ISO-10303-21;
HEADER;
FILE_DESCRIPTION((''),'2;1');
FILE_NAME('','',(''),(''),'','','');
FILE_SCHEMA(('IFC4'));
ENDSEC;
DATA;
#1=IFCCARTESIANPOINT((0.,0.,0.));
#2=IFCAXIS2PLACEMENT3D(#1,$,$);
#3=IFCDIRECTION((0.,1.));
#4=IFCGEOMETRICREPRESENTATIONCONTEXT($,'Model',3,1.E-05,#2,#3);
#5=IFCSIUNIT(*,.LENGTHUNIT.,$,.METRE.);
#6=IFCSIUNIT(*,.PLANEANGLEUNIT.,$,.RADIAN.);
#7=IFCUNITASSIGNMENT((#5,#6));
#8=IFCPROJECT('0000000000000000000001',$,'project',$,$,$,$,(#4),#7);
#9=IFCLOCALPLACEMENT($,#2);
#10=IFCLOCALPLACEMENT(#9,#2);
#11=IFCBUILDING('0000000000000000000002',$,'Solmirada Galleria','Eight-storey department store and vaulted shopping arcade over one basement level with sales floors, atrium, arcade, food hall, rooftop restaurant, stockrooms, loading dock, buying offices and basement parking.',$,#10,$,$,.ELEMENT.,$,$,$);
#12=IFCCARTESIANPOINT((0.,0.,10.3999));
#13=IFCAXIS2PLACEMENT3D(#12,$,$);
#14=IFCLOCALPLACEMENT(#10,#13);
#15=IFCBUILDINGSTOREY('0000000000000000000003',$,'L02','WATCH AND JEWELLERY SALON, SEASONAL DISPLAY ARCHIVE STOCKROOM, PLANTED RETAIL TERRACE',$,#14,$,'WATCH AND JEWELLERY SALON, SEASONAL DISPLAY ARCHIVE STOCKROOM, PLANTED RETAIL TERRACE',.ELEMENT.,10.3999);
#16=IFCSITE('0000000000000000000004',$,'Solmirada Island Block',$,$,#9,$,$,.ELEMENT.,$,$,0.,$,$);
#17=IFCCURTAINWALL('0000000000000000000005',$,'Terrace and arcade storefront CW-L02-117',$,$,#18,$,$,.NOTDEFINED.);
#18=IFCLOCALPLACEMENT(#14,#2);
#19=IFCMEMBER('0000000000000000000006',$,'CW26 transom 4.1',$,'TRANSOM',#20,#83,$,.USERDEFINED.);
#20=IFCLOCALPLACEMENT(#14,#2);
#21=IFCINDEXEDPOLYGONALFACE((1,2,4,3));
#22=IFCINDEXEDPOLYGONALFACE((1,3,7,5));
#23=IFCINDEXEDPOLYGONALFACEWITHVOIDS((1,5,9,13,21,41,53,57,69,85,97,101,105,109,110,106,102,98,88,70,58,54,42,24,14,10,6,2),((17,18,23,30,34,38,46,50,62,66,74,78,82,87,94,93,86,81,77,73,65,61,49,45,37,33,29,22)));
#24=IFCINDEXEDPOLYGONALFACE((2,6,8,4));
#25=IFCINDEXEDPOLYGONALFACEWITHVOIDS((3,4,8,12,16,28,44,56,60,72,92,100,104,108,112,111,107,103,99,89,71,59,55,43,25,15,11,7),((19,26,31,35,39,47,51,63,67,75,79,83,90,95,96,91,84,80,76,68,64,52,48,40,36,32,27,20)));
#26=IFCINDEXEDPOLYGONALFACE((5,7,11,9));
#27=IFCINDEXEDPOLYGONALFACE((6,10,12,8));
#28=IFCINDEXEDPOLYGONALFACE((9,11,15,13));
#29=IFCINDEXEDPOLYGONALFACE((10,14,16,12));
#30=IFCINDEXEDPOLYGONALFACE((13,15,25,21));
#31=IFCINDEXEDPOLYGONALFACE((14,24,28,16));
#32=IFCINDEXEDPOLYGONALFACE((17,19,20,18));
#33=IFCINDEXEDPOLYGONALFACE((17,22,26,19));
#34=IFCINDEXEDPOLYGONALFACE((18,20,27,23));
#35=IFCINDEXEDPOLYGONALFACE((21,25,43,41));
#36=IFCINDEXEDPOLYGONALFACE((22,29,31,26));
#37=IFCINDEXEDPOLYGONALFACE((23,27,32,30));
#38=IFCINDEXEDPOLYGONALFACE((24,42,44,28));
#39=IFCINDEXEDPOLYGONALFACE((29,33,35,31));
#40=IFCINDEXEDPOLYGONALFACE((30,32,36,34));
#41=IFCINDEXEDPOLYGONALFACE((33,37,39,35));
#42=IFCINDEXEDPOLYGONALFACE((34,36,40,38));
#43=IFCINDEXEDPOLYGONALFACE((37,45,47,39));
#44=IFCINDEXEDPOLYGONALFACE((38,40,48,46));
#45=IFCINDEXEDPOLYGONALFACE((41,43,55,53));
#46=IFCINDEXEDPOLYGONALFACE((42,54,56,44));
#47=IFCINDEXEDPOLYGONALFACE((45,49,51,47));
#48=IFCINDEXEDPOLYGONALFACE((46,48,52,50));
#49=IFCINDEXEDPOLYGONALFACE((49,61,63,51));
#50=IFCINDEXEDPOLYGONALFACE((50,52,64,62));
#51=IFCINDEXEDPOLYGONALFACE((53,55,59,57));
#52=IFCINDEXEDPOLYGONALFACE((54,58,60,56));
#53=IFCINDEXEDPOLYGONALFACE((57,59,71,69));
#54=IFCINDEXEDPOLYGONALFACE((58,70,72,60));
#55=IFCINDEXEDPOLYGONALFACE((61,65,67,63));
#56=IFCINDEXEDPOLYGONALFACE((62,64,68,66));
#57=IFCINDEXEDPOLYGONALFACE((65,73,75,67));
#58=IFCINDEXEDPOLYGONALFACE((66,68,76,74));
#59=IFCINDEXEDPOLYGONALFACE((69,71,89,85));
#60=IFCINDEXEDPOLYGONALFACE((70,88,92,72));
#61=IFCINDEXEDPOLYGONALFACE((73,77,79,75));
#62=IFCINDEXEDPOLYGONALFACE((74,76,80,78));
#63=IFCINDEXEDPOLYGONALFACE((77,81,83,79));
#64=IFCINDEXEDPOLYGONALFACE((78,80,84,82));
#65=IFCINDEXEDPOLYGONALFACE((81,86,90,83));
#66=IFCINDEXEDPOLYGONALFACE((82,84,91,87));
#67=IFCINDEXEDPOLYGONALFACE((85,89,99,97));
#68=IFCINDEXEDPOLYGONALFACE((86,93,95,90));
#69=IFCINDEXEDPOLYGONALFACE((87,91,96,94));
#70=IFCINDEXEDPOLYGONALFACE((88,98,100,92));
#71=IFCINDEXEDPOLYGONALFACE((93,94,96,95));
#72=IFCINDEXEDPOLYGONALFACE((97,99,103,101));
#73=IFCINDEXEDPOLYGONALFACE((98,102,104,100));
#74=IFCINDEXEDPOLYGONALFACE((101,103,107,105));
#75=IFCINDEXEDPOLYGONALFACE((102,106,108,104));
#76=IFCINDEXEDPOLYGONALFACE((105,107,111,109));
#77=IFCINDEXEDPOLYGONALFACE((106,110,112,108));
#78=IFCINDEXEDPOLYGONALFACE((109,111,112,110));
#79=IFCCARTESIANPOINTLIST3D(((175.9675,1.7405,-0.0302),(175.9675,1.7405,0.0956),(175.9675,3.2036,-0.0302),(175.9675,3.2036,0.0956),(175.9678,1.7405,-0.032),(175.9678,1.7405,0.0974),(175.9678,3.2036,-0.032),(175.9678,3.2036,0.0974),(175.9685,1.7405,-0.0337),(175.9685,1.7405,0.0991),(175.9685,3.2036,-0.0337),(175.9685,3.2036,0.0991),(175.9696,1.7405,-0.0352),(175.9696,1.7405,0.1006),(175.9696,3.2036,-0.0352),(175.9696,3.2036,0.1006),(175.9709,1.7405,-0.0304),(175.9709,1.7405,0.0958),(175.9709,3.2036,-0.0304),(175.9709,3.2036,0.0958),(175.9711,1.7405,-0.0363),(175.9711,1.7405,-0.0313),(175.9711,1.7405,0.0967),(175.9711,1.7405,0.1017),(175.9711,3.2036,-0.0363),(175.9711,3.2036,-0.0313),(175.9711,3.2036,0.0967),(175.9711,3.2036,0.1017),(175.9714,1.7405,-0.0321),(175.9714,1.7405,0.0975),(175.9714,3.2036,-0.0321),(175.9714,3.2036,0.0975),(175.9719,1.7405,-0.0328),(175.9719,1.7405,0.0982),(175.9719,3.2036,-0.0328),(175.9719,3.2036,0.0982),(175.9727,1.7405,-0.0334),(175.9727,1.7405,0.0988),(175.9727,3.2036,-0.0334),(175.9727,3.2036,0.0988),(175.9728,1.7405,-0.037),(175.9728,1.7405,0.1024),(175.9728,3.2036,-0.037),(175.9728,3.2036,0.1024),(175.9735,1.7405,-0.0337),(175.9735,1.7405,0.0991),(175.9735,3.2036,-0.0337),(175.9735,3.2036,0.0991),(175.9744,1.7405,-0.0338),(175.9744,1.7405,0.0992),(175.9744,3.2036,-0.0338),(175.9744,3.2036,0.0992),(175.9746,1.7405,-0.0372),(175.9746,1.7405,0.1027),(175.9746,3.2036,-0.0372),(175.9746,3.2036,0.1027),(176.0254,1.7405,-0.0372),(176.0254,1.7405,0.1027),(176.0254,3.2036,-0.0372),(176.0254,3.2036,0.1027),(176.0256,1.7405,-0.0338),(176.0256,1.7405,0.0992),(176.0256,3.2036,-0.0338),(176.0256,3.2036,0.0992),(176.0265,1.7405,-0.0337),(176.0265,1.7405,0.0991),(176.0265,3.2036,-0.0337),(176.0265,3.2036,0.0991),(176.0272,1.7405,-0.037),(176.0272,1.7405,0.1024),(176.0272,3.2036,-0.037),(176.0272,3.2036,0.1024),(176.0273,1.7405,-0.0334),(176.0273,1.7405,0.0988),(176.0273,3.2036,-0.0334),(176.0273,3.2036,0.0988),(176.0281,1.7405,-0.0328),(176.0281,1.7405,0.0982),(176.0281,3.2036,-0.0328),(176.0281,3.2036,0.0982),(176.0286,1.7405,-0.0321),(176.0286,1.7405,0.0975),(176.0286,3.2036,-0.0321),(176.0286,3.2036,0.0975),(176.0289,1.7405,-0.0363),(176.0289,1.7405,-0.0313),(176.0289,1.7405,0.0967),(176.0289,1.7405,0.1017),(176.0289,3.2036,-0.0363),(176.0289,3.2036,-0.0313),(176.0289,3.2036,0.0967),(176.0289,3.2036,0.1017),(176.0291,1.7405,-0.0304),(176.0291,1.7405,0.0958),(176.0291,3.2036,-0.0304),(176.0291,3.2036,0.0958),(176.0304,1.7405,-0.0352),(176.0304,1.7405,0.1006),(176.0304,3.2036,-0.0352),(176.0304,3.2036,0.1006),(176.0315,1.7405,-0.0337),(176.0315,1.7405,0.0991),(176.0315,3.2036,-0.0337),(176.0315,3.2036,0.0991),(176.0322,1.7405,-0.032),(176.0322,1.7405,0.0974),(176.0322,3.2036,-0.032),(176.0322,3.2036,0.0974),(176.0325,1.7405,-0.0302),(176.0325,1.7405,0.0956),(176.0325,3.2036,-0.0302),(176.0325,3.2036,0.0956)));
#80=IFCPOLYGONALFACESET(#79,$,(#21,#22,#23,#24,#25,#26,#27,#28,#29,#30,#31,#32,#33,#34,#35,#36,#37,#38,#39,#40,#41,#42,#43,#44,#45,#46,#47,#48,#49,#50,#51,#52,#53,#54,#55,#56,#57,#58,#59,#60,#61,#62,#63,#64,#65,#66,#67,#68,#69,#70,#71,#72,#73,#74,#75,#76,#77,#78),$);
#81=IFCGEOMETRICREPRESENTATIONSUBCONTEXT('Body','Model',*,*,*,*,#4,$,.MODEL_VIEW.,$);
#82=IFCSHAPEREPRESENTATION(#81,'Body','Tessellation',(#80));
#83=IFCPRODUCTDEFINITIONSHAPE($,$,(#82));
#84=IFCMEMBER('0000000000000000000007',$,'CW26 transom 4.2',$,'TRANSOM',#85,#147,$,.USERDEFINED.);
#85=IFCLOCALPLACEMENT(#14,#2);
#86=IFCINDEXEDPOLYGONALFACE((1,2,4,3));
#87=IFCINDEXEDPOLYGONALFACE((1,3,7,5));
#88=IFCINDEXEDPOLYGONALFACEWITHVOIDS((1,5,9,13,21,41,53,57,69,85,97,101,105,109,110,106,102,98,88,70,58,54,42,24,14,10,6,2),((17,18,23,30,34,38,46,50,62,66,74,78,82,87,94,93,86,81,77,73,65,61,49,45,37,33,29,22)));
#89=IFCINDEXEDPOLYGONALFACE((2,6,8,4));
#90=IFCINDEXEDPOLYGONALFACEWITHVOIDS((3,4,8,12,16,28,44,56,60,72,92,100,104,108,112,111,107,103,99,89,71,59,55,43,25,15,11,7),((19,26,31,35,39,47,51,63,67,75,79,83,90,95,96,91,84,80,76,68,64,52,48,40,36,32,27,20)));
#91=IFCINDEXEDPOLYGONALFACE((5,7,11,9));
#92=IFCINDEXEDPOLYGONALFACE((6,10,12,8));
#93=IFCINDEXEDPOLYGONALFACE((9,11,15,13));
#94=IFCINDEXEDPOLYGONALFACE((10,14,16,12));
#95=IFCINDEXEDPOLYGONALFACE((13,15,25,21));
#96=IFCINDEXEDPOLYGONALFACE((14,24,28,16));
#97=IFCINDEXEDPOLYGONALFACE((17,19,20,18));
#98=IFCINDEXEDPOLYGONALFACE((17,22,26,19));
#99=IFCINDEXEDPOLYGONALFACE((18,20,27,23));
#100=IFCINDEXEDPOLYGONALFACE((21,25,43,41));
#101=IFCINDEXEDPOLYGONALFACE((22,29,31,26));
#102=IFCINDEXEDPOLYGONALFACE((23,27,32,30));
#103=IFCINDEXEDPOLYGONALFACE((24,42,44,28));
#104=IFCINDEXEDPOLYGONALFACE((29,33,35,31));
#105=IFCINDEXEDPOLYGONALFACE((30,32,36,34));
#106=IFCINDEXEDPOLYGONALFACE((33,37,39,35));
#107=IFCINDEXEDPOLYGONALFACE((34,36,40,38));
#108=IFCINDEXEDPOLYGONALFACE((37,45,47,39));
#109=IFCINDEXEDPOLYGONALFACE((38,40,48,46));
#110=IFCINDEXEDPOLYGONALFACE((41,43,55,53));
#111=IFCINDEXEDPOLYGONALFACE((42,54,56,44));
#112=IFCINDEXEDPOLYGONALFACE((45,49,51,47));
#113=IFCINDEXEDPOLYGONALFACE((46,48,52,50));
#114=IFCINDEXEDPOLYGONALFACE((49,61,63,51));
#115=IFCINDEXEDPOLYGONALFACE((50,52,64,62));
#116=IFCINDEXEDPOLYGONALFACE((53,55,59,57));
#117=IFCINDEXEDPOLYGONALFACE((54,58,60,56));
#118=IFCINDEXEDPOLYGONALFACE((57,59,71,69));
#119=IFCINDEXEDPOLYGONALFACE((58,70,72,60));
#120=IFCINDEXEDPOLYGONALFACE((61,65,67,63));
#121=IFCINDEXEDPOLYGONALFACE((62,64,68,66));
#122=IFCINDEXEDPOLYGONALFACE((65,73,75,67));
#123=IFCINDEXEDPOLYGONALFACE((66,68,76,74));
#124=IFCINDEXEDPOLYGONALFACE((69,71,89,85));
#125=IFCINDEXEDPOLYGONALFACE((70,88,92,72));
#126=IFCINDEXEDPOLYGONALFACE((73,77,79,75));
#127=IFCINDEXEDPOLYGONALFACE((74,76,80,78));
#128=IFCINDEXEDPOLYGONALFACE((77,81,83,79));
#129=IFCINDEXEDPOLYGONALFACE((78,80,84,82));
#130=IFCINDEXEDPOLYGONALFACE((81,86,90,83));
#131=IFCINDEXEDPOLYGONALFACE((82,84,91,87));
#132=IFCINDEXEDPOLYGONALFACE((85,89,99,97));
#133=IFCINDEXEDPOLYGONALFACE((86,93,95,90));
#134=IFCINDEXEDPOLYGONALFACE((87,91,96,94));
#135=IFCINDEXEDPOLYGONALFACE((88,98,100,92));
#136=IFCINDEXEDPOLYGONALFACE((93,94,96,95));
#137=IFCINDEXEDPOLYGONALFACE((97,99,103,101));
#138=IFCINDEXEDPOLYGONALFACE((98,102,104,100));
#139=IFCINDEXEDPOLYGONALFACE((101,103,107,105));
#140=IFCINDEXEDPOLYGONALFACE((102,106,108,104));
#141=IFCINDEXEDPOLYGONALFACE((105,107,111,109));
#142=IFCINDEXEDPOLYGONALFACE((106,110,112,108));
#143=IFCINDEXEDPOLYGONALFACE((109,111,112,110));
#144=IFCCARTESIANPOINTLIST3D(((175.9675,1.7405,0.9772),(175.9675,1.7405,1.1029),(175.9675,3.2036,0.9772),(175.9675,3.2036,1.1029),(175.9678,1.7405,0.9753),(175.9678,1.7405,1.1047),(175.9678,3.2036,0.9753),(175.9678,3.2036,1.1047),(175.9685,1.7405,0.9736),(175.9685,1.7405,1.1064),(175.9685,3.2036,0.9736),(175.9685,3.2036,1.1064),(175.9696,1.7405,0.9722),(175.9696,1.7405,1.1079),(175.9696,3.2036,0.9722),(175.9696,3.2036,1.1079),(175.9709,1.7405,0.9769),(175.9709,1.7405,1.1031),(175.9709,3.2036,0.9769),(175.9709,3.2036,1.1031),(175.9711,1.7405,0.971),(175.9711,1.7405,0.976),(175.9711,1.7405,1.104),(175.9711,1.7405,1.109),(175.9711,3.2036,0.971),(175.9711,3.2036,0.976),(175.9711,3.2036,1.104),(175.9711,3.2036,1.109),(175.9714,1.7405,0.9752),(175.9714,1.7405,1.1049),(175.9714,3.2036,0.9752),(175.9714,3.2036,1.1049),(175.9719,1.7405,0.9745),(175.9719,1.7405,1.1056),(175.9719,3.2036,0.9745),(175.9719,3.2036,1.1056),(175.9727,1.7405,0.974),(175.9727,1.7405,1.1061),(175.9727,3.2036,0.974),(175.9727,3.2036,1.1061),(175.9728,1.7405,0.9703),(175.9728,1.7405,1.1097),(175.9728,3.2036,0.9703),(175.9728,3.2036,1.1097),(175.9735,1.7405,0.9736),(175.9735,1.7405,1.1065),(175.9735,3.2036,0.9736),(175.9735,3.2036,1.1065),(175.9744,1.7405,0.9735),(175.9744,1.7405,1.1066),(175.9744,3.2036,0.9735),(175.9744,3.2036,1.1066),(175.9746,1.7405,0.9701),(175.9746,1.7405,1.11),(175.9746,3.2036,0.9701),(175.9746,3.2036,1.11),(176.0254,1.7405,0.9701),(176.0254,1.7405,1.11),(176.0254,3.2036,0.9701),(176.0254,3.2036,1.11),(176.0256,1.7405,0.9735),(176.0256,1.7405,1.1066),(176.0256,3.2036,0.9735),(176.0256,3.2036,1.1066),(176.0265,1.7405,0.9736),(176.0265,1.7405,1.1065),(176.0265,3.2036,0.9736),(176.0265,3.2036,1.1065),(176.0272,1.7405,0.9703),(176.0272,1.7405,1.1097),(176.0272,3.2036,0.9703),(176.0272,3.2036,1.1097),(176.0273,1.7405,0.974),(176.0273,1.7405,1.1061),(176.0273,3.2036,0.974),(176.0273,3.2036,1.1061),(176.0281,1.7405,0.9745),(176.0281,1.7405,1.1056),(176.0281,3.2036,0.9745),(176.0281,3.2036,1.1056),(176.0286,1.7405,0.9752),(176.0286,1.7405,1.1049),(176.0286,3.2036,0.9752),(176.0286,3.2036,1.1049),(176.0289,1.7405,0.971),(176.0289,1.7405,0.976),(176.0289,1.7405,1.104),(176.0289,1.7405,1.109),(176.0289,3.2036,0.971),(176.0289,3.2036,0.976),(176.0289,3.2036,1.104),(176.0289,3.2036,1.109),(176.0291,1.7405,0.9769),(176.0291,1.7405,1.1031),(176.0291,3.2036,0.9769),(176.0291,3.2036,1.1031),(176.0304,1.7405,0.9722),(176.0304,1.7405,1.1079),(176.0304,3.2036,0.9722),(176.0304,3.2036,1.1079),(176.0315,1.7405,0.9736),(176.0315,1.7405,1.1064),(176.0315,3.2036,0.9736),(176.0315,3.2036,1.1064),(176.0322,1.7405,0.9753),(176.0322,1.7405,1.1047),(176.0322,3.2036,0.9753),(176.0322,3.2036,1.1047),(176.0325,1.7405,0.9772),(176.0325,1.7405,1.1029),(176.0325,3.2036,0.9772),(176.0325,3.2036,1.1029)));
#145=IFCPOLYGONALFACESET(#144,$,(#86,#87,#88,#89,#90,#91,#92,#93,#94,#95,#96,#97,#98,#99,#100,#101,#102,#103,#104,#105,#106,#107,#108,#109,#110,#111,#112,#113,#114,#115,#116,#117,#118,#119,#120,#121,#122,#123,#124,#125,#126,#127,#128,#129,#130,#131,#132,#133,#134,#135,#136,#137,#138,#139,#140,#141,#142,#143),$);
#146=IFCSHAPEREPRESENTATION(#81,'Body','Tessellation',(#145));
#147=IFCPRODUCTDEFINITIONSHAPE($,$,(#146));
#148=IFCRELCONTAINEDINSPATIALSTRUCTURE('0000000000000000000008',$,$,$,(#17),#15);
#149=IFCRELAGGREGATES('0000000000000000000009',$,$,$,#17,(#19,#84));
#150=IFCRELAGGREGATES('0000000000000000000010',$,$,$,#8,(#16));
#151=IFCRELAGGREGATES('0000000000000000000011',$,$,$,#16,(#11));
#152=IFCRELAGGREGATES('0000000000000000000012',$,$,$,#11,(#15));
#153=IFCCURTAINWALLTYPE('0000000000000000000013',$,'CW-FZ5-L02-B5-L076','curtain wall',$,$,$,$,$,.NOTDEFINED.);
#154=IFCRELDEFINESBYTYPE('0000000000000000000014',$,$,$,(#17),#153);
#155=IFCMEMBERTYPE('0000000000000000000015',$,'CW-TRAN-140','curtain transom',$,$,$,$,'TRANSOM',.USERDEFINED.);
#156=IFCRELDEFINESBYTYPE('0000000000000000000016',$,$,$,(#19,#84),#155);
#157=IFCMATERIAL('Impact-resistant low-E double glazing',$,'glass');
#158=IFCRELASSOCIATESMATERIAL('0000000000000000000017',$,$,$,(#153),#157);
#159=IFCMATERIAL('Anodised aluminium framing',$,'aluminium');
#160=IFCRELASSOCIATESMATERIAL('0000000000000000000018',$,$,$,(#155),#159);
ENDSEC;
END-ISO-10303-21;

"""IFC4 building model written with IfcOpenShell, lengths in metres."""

from ifc_helpers import new_model, si_unit, direction, frame, origin, origin_2d, place, context, subcontext, project, spatial, hollow_rectangle, extrude, material, material_profile, profile_set, type_object, element, aggregate, save


model = new_model("IFC4")

# Units and contexts
model_context = context("Model", 3, precision=1e-05, world=origin(), true_north=direction((0.0, 1.0)))
body_context = subcontext(model_context, "Body", "Model", "MODEL_VIEW")
ifc_project = project(units=[si_unit("LENGTHUNIT", "METRE"), si_unit("PLANEANGLEUNIT", "RADIAN")], contexts=[model_context])

# Site, building, storey
site_placement = place(None, origin())
site = spatial("IfcSite", under=ifc_project, at=site_placement, Name="Solmirada Island Block", CompositionType="ELEMENT", RefElevation=0.0)
building_placement = place(site_placement, origin())
building = spatial("IfcBuilding", under=site, at=building_placement, Name="Solmirada Galleria", Description="Eight-storey department store and vaulted shopping arcade over one basement level with sales floors, atrium, arcade, food hall, rooftop restaurant, stockrooms, loading dock, buying offices and basement parking.", CompositionType="ELEMENT")
storey_placement = place(building_placement, frame((0.0, 0.0, 10.3999)))
storey = spatial("IfcBuildingStorey", under=building, at=storey_placement, Name="L02", Description="WATCH AND JEWELLERY SALON, SEASONAL DISPLAY ARCHIVE STOCKROOM, PLANTED RETAIL TERRACE", LongName="WATCH AND JEWELLERY SALON, SEASONAL DISPLAY ARCHIVE STOCKROOM, PLANTED RETAIL TERRACE", CompositionType="ELEMENT", Elevation=10.3999)

# Curtain wall, members
ifc_material_1 = material(Name="Impact-resistant low-E double glazing", Category="glass")
curtain_wall_type = type_object("IfcCurtainWallType", Name="CW-FZ5-L02-B5-L076", Description="curtain wall", PredefinedType="NOTDEFINED", material=ifc_material_1)
curtain_wall_placement = place(storey_placement, origin())
curtain_wall = element("IfcCurtainWall", 1, at=curtain_wall_placement, inside=storey, type_object=curtain_wall_type, Name="Terrace and arcade storefront CW-L02-117", PredefinedType="NOTDEFINED")
ifc_material_2 = material(Name="Anodised aluminium framing", Category="aluminium")
ifc_material_profile_1 = material_profile(ifc_material_2, hollow_rectangle(XDim=0.0649, YDim=0.1399, WallThickness=0.0034, InnerFilletRadius=0.0034, OuterFilletRadius=0.0071, at=origin_2d()), Name="ALU-TRAN-140X65")
ifc_profile_set_1 = profile_set([ifc_material_profile_1], Name="Anodised aluminium framing")
member_type_1 = type_object("IfcMemberType", Name="CW-TRAN-140", Description="curtain transom", ElementType="TRANSOM", PredefinedType="USERDEFINED", material=ifc_profile_set_1)
member_1_placement = place(storey_placement, frame((176.0, 3.2036, 0.0327), z_axis=(0.0, -1.0, 0.0), x_axis=(1.0, 0.0, 0.0)))
member_1 = element("IfcMember", 2, at=member_1_placement, type_object=member_type_1, Name="CW26 transom 4.1", ObjectType="TRANSOM", PredefinedType="USERDEFINED", context=body_context, shape_type="SweptSolid", body=[
    extrude(hollow_rectangle(XDim=0.0649, YDim=0.1399, WallThickness=0.0034, InnerFilletRadius=0.0034, OuterFilletRadius=0.0071, at=origin_2d()), origin(), (0.0, 0.0, 1.0), 1.4631),
])
member_2_placement = place(storey_placement, frame((176.0, 3.2036, 1.04), z_axis=(0.0, -1.0, 0.0), x_axis=(1.0, 0.0, 0.0)))
member_2 = element("IfcMember", 3, at=member_2_placement, type_object=member_type_1, Name="CW26 transom 4.2", ObjectType="TRANSOM", PredefinedType="USERDEFINED", context=body_context, shape_type="SweptSolid", body=[
    extrude(hollow_rectangle(XDim=0.0649, YDim=0.1399, WallThickness=0.0034, InnerFilletRadius=0.0034, OuterFilletRadius=0.0071, at=origin_2d()), origin(), (0.0, 0.0, 1.0), 1.4631),
])
aggregate(curtain_wall, [member_1, member_2])

save(model, "model.ifc")
